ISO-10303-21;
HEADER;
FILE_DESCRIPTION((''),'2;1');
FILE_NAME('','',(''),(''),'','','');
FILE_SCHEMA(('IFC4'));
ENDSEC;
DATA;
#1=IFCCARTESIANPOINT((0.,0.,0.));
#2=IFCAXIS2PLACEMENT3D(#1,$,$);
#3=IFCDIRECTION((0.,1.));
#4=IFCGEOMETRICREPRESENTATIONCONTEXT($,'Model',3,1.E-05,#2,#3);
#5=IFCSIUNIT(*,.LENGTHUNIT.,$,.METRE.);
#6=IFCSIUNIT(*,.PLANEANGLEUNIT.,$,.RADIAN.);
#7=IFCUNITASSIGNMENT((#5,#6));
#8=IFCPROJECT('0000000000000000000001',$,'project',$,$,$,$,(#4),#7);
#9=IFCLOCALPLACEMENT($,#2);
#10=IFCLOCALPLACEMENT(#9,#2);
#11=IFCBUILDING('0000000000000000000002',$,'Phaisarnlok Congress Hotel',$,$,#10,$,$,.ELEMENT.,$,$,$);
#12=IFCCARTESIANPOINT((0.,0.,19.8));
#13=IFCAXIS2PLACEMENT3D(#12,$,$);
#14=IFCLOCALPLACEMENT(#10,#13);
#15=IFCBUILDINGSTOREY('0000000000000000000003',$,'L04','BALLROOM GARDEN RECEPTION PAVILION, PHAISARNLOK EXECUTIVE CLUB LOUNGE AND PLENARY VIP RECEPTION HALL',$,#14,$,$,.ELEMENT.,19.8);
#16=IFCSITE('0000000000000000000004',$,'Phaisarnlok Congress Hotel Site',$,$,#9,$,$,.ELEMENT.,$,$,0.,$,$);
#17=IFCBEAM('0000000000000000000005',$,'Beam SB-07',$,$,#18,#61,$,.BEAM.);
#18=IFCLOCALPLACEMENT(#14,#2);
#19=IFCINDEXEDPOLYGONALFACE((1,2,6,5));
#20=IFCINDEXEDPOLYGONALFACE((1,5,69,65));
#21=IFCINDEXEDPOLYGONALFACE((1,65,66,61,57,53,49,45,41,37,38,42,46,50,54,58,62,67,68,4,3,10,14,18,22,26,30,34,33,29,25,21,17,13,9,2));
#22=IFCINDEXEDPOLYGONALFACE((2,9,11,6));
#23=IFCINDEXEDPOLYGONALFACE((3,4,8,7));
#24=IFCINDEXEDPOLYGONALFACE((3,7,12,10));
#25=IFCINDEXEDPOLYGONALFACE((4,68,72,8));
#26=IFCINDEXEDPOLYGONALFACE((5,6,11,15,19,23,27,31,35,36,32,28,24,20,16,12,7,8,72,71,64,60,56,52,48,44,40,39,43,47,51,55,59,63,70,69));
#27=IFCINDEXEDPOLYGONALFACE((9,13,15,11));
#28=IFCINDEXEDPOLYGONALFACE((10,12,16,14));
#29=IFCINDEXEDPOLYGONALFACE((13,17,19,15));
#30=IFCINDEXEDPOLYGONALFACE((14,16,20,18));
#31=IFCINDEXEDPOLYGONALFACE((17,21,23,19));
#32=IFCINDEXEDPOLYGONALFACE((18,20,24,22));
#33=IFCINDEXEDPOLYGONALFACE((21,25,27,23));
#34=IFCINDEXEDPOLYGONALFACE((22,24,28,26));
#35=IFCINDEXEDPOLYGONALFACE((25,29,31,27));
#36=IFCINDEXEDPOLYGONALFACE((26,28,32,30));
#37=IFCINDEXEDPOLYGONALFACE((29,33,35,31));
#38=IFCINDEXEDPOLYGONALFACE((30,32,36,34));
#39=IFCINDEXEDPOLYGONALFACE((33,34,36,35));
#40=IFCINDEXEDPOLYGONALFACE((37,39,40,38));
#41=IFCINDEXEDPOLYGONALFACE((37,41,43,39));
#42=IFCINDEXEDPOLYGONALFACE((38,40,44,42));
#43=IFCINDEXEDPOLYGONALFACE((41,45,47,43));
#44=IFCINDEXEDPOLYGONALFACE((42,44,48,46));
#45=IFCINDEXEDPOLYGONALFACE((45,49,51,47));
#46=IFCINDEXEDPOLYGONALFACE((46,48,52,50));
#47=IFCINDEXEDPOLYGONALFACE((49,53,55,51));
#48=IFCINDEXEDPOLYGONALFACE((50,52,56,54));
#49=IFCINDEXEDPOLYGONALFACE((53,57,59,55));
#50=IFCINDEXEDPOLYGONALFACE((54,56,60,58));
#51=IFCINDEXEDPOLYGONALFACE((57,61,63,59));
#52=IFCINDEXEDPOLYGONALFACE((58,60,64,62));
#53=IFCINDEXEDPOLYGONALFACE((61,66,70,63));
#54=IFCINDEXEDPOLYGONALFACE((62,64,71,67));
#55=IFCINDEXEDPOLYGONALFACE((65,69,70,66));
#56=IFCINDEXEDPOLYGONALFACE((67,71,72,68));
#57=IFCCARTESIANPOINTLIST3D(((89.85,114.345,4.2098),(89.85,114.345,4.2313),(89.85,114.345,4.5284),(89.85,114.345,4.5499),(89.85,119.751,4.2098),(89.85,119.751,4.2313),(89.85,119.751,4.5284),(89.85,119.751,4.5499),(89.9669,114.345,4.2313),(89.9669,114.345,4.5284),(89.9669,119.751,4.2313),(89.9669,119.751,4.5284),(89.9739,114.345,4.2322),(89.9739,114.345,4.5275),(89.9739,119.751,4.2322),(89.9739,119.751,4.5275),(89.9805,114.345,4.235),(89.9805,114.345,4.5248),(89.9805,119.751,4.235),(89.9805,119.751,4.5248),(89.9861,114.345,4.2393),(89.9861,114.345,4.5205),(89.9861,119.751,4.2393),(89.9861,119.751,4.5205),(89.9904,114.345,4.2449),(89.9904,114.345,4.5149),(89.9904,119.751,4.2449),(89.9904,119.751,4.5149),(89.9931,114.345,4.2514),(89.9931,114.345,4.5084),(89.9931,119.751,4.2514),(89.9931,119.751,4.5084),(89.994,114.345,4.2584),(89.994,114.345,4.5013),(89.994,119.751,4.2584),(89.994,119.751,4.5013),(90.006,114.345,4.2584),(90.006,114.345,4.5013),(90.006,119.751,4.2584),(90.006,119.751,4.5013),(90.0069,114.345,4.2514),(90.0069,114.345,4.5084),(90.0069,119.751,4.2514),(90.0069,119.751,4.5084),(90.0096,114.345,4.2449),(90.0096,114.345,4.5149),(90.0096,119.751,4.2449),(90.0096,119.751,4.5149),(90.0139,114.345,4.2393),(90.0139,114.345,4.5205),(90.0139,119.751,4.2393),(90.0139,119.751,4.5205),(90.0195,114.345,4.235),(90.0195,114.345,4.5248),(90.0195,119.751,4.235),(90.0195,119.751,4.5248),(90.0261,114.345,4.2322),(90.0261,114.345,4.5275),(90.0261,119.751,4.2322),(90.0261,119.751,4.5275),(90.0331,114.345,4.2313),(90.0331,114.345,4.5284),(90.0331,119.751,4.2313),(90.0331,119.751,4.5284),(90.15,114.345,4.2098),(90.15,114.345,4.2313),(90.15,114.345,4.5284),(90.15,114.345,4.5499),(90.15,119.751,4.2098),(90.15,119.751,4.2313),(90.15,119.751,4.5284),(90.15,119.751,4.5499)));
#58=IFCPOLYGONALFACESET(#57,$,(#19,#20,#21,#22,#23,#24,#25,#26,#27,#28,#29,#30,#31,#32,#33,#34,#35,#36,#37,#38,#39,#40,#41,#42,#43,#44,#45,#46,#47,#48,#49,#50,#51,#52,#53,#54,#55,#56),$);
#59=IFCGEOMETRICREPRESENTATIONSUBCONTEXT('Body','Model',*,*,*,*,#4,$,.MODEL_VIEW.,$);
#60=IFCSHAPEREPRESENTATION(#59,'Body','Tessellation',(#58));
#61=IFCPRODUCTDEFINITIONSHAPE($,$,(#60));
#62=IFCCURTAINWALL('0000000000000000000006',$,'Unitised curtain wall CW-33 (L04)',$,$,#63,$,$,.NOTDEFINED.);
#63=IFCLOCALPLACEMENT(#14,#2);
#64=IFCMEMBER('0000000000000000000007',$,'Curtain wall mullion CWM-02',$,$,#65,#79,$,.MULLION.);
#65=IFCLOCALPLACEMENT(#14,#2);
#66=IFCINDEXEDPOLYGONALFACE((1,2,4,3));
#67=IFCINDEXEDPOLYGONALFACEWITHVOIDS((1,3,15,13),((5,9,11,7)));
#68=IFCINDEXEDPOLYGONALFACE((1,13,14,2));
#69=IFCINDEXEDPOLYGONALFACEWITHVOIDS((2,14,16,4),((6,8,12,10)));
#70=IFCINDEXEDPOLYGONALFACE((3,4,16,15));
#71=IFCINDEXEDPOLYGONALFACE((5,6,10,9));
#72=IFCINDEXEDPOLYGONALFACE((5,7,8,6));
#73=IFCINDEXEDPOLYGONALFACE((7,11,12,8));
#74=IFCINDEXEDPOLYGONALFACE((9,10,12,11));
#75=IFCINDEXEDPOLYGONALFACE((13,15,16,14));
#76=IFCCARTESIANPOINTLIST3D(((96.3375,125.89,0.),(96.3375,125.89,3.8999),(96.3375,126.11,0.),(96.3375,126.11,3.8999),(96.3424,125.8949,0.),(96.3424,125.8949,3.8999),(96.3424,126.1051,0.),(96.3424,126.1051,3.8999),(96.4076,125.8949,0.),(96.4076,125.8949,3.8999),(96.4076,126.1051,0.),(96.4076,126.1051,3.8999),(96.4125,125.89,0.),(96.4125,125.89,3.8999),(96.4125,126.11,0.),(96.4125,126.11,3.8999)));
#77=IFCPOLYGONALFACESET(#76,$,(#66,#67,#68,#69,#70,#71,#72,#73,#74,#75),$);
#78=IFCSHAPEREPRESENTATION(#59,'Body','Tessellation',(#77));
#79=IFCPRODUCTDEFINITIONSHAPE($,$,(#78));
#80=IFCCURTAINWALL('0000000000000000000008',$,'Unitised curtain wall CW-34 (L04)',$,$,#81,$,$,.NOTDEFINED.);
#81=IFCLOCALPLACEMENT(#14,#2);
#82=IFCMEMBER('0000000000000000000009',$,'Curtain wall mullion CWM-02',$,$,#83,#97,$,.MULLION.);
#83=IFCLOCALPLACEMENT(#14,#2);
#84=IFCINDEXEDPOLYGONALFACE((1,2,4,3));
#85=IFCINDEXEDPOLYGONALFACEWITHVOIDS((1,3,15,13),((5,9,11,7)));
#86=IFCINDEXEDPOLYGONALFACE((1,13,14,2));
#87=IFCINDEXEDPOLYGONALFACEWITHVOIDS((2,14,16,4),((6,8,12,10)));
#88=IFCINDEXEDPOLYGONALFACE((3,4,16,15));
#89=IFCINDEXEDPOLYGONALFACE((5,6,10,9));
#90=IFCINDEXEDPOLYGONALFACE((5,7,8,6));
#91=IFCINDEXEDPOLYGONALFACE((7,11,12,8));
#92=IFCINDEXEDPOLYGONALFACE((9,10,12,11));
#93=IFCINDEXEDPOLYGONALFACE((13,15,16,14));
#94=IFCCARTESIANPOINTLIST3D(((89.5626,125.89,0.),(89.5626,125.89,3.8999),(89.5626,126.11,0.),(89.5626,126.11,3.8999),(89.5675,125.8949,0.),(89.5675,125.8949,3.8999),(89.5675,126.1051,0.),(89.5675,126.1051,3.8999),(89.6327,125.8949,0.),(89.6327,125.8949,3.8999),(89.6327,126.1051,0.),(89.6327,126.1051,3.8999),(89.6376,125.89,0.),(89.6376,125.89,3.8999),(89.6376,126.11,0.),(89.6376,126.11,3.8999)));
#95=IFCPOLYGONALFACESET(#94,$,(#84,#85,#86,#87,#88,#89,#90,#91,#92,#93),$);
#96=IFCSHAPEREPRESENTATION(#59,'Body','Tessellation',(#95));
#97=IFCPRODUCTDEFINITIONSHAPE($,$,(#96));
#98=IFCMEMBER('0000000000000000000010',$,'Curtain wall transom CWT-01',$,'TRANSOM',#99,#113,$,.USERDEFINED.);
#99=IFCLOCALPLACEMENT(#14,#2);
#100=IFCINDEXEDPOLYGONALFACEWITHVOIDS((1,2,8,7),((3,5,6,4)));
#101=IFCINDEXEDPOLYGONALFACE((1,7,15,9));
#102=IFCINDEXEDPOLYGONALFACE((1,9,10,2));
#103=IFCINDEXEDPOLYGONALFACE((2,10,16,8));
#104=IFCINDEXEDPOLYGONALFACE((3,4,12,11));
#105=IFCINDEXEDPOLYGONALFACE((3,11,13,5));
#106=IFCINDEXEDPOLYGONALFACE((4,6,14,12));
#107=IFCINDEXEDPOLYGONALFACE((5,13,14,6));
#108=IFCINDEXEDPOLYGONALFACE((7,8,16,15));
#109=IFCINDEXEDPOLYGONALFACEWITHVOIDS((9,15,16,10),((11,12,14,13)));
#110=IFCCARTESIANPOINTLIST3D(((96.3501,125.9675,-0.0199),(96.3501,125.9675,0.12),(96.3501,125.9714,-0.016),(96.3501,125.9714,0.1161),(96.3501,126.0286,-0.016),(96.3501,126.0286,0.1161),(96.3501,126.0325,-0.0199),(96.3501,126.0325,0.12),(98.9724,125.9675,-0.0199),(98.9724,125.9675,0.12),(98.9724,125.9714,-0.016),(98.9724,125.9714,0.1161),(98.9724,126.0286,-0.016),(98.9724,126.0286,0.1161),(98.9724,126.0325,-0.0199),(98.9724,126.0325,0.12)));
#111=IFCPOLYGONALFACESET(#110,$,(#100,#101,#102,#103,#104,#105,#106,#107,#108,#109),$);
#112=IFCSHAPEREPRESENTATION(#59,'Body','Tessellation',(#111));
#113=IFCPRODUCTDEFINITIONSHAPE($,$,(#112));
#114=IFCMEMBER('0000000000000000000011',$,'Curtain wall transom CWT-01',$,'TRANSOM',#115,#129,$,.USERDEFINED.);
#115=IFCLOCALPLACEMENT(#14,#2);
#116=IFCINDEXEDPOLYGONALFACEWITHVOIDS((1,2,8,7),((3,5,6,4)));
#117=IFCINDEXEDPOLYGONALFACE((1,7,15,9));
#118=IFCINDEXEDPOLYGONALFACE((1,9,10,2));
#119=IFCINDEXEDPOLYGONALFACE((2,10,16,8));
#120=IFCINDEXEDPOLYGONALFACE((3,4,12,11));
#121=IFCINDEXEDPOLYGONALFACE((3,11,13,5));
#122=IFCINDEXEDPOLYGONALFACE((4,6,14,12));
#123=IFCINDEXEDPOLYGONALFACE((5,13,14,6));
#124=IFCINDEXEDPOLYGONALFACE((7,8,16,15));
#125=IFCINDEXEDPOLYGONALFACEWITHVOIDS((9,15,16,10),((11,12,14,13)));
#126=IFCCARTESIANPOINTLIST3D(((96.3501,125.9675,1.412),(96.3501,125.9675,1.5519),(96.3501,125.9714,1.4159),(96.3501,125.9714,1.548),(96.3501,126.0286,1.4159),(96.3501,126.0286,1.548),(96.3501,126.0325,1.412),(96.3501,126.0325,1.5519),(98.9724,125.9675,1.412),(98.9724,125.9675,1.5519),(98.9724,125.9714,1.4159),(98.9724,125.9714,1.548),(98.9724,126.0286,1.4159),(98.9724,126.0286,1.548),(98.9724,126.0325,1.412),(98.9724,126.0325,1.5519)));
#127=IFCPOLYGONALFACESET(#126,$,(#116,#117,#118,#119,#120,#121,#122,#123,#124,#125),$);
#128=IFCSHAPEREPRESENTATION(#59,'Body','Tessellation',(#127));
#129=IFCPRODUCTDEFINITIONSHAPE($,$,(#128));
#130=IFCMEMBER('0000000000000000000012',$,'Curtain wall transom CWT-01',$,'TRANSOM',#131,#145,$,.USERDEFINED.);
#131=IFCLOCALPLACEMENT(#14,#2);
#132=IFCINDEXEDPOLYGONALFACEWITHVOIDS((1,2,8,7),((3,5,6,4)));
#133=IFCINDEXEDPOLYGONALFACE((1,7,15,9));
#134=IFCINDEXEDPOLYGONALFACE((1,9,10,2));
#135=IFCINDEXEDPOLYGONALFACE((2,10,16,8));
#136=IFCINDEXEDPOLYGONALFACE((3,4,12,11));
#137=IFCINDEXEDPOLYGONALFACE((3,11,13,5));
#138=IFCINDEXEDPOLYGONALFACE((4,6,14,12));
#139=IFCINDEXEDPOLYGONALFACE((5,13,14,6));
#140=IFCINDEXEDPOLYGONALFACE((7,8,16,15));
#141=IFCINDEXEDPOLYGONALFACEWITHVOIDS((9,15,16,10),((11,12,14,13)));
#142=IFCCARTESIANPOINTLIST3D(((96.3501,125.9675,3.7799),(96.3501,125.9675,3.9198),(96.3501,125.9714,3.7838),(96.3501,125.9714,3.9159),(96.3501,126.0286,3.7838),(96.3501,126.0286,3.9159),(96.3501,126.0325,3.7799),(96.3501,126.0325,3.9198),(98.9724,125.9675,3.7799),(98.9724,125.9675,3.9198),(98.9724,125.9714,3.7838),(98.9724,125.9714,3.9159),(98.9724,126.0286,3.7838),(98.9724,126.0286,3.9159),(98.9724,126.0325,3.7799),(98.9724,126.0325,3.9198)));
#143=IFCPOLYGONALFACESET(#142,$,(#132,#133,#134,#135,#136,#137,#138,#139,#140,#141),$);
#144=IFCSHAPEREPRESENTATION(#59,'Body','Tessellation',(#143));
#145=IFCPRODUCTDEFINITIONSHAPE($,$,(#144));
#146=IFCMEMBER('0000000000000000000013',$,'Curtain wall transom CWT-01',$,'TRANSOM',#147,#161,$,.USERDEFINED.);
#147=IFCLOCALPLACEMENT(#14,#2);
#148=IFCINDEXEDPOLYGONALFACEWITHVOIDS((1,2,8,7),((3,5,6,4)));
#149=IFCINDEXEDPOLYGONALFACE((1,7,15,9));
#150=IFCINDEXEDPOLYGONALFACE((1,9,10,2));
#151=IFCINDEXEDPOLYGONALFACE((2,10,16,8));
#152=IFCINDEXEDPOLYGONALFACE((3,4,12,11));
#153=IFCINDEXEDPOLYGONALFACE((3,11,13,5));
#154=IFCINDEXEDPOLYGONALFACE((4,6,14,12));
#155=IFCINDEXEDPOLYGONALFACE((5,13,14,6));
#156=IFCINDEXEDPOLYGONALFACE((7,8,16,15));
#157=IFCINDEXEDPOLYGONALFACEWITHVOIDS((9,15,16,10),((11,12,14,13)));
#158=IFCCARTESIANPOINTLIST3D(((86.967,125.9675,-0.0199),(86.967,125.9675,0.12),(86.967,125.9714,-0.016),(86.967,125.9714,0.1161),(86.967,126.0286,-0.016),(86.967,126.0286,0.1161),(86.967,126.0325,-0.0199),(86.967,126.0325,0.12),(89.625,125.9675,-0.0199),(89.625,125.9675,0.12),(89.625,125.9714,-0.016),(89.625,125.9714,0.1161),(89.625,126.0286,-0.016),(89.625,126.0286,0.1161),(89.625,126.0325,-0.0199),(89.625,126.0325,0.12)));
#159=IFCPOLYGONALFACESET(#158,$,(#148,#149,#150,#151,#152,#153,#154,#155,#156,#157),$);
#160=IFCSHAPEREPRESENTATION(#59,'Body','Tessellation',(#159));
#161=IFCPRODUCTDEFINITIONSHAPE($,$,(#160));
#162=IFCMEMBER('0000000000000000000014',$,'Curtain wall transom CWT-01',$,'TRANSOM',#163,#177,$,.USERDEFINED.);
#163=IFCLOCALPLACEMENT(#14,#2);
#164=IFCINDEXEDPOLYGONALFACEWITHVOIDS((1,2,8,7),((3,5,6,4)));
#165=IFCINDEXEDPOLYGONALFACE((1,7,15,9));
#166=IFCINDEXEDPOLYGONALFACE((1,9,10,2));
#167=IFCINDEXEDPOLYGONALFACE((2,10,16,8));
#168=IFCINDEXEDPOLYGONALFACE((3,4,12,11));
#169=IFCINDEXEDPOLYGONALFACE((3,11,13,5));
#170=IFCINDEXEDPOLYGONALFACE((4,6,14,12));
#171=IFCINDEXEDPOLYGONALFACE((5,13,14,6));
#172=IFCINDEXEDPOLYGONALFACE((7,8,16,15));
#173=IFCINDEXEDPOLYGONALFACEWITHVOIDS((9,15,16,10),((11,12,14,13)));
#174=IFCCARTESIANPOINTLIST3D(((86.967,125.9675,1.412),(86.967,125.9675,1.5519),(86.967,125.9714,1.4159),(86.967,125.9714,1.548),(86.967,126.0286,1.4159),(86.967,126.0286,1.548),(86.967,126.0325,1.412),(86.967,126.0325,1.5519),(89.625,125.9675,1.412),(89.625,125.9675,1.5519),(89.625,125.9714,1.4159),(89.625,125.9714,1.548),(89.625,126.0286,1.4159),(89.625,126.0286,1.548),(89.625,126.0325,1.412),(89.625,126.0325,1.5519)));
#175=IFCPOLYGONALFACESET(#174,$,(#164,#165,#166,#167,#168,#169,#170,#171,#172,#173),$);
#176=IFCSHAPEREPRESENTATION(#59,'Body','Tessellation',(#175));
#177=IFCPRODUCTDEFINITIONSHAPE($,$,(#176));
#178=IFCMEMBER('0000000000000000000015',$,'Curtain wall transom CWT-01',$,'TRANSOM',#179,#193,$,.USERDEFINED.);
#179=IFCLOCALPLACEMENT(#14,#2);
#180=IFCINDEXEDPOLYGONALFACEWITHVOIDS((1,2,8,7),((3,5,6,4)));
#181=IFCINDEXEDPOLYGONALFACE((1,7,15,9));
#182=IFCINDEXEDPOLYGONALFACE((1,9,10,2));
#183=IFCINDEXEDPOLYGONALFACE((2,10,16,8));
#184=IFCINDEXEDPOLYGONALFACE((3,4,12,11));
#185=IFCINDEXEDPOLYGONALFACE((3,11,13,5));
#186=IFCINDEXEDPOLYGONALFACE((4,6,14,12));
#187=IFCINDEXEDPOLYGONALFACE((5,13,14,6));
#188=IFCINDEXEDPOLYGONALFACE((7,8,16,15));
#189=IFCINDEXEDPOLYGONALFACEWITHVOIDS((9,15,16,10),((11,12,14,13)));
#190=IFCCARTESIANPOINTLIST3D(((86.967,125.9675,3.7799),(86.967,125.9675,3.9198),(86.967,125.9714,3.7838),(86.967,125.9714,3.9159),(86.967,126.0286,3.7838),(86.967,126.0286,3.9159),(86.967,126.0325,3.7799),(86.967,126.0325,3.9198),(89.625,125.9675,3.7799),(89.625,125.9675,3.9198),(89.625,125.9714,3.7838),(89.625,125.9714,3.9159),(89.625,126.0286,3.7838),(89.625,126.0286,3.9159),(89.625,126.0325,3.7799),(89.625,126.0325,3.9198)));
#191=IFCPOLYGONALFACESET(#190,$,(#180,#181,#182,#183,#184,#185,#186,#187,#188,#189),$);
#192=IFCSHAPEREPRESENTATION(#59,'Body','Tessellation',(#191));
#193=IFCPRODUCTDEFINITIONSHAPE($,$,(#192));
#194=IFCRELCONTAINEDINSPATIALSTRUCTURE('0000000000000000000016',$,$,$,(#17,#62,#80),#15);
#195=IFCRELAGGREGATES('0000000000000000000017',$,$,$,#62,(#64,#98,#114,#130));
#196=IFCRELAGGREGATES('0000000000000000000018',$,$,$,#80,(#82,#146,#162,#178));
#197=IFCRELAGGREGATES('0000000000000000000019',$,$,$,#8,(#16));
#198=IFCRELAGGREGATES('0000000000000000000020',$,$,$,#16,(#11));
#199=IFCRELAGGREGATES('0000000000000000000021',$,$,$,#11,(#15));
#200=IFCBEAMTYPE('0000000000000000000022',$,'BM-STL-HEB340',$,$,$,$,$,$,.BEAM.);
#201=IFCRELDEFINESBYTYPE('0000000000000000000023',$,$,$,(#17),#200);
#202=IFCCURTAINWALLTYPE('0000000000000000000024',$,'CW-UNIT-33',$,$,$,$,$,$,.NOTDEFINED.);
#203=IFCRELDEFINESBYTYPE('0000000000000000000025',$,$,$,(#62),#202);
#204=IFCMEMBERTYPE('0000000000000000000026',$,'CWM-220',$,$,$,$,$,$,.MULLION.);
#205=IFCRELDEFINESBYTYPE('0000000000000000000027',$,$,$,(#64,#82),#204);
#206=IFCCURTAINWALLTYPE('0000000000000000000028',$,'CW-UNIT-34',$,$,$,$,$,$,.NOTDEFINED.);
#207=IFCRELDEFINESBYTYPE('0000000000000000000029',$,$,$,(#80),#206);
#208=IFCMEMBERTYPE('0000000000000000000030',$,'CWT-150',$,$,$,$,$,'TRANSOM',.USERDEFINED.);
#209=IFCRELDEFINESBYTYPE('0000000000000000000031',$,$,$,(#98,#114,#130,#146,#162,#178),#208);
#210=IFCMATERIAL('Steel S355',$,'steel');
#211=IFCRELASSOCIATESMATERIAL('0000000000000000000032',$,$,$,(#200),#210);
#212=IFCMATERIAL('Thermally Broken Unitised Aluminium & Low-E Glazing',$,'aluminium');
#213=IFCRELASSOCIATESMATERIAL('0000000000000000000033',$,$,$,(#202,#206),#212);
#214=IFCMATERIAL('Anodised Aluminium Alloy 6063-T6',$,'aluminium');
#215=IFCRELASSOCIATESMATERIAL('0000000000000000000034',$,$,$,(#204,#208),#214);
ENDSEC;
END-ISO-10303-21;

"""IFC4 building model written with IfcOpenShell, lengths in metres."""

from ifc_helpers import new_model, si_unit, direction, frame, origin, origin_2d, place, context, subcontext, project, spatial, hollow_rectangle, i_section, extrude, material, material_profile, profile_set, type_object, element, aggregate, save


model = new_model("IFC4")

# Units and contexts
model_context = context("Model", 3, precision=1e-05, world=origin(), true_north=direction((0.0, 1.0)))
body_context = subcontext(model_context, "Body", "Model", "MODEL_VIEW")
ifc_project = project(units=[si_unit("LENGTHUNIT", "METRE"), si_unit("PLANEANGLEUNIT", "RADIAN")], contexts=[model_context])

# Site, building, storey
site_placement = place(None, origin())
site = spatial("IfcSite", under=ifc_project, at=site_placement, Name="Phaisarnlok Congress Hotel Site", CompositionType="ELEMENT", RefElevation=0.0)
building_placement = place(site_placement, origin())
building = spatial("IfcBuilding", under=site, at=building_placement, Name="Phaisarnlok Congress Hotel", CompositionType="ELEMENT")
storey_placement = place(building_placement, frame((0.0, 0.0, 19.8)))
storey = spatial("IfcBuildingStorey", under=building, at=storey_placement, Name="L04", Description="BALLROOM GARDEN RECEPTION PAVILION, PHAISARNLOK EXECUTIVE CLUB LOUNGE AND PLENARY VIP RECEPTION HALL", CompositionType="ELEMENT", Elevation=19.8)

# Shared definitions
ifc_material_1 = material(Name="Steel S355", Category="steel")

# Beam
ifc_material_profile_1 = material_profile(ifc_material_1, i_section(OverallWidth=0.3, OverallDepth=0.3401, WebThickness=0.012, FlangeThickness=0.0215, FilletRadius=0.0271, at=origin_2d()), Name="HEB 340")
ifc_profile_set_1 = profile_set([ifc_material_profile_1], Name="Steel S355")
beam_type_1 = type_object("IfcBeamType", Name="BM-STL-HEB340", PredefinedType="BEAM", material=ifc_profile_set_1)
beam_1_placement = place(storey_placement, frame((90.0, 114.345, 4.3799), z_axis=(0.0, 1.0, 0.0), x_axis=(-1.0, 0.0, 0.0)))
element("IfcBeam", 1, at=beam_1_placement, inside=storey, type_object=beam_type_1, Name="Beam SB-07", PredefinedType="BEAM", context=body_context, shape_type="SweptSolid", body=[
    extrude(i_section(OverallWidth=0.3, OverallDepth=0.3401, WebThickness=0.012, FlangeThickness=0.0215, FilletRadius=0.0271, at=origin_2d()), origin(), (0.0, 0.0, 1.0), 5.406),
])

# Curtain walls, members
ifc_material_2 = material(Name="Thermally Broken Unitised Aluminium & Low-E Glazing", Category="aluminium")
curtain_wall_type_1 = type_object("IfcCurtainWallType", Name="CW-UNIT-33", PredefinedType="NOTDEFINED", material=ifc_material_2)
curtain_wall_1_placement = place(storey_placement, origin())
curtain_wall_1 = element("IfcCurtainWall", 2, at=curtain_wall_1_placement, inside=storey, type_object=curtain_wall_type_1, Name="Unitised curtain wall CW-33 (L04)", PredefinedType="NOTDEFINED")
ifc_material_3 = material(Name="Anodised Aluminium Alloy 6063-T6", Category="aluminium")
ifc_material_profile_2 = material_profile(ifc_material_3, hollow_rectangle(XDim=0.075, YDim=0.22, WallThickness=0.0049, at=origin_2d()), Name="ALU-M 75x220x5")
ifc_profile_set_2 = profile_set([ifc_material_profile_2], Name="Anodised Aluminium Alloy 6063-T6")
member_type_1 = type_object("IfcMemberType", Name="CWM-220", PredefinedType="MULLION", material=ifc_profile_set_2)
member_1_placement = place(storey_placement, frame((96.375, 126.0, 0.0), z_axis=(0.0, 0.0, 1.0), x_axis=(-1.0, 0.0, 0.0)))
member_1 = element("IfcMember", 3, at=member_1_placement, type_object=member_type_1, Name="Curtain wall mullion CWM-02", PredefinedType="MULLION", context=body_context, shape_type="SweptSolid", body=[
    extrude(hollow_rectangle(XDim=0.075, YDim=0.22, WallThickness=0.0049, at=origin_2d()), origin(), (0.0, 0.0, 1.0), 3.8999),
])
curtain_wall_type_2 = type_object("IfcCurtainWallType", Name="CW-UNIT-34", PredefinedType="NOTDEFINED", material=ifc_material_2)
curtain_wall_2_placement = place(storey_placement, origin())
curtain_wall_2 = element("IfcCurtainWall", 4, at=curtain_wall_2_placement, inside=storey, type_object=curtain_wall_type_2, Name="Unitised curtain wall CW-34 (L04)", PredefinedType="NOTDEFINED")
member_2_placement = place(storey_placement, frame((89.6001, 126.0, 0.0), z_axis=(0.0, 0.0, 1.0), x_axis=(-1.0, 0.0, 0.0)))
member_2 = element("IfcMember", 5, at=member_2_placement, type_object=member_type_1, Name="Curtain wall mullion CWM-02", PredefinedType="MULLION", context=body_context, shape_type="SweptSolid", body=[
    extrude(hollow_rectangle(XDim=0.075, YDim=0.22, WallThickness=0.0049, at=origin_2d()), origin(), (0.0, 0.0, 1.0), 3.8999),
])

# Members
ifc_material_profile_3 = material_profile(ifc_material_3, hollow_rectangle(XDim=0.0649, YDim=0.1399, WallThickness=0.0039, at=origin_2d()), Name="ALU-T 65x140x4")
ifc_profile_set_3 = profile_set([ifc_material_profile_3], Name="Anodised Aluminium Alloy 6063-T6")
member_type_2 = type_object("IfcMemberType", Name="CWT-150", ElementType="TRANSOM", PredefinedType="USERDEFINED", material=ifc_profile_set_3)
member_3_placement = place(storey_placement, frame((98.9724, 126.0, 0.05), z_axis=(-1.0, 0.0, 0.0), x_axis=(0.0, -1.0, 0.0)))
member_3 = element("IfcMember", 6, at=member_3_placement, type_object=member_type_2, Name="Curtain wall transom CWT-01", ObjectType="TRANSOM", PredefinedType="USERDEFINED", context=body_context, shape_type="SweptSolid", body=[
    extrude(hollow_rectangle(XDim=0.0649, YDim=0.1399, WallThickness=0.0039, at=origin_2d()), origin(), (0.0, 0.0, 1.0), 2.6223),
])
member_4_placement = place(storey_placement, frame((98.9724, 126.0, 1.4819), z_axis=(-1.0, 0.0, 0.0), x_axis=(0.0, -1.0, 0.0)))
member_4 = element("IfcMember", 7, at=member_4_placement, type_object=member_type_2, Name="Curtain wall transom CWT-01", ObjectType="TRANSOM", PredefinedType="USERDEFINED", context=body_context, shape_type="SweptSolid", body=[
    extrude(hollow_rectangle(XDim=0.0649, YDim=0.1399, WallThickness=0.0039, at=origin_2d()), origin(), (0.0, 0.0, 1.0), 2.6223),
])
member_5_placement = place(storey_placement, frame((98.9724, 126.0, 3.8499), z_axis=(-1.0, 0.0, 0.0), x_axis=(0.0, -1.0, 0.0)))
member_5 = element("IfcMember", 8, at=member_5_placement, type_object=member_type_2, Name="Curtain wall transom CWT-01", ObjectType="TRANSOM", PredefinedType="USERDEFINED", context=body_context, shape_type="SweptSolid", body=[
    extrude(hollow_rectangle(XDim=0.0649, YDim=0.1399, WallThickness=0.0039, at=origin_2d()), origin(), (0.0, 0.0, 1.0), 2.6223),
])
aggregate(curtain_wall_1, [member_1, member_3, member_4, member_5])
member_6_placement = place(storey_placement, frame((89.625, 126.0, 0.05), z_axis=(-1.0, 0.0, 0.0), x_axis=(0.0, -1.0, 0.0)))
member_6 = element("IfcMember", 9, at=member_6_placement, type_object=member_type_2, Name="Curtain wall transom CWT-01", ObjectType="TRANSOM", PredefinedType="USERDEFINED", context=body_context, shape_type="SweptSolid", body=[
    extrude(hollow_rectangle(XDim=0.0649, YDim=0.1399, WallThickness=0.0039, at=origin_2d()), origin(), (0.0, 0.0, 1.0), 2.658),
])
member_7_placement = place(storey_placement, frame((89.625, 126.0, 1.4819), z_axis=(-1.0, 0.0, 0.0), x_axis=(0.0, -1.0, 0.0)))
member_7 = element("IfcMember", 10, at=member_7_placement, type_object=member_type_2, Name="Curtain wall transom CWT-01", ObjectType="TRANSOM", PredefinedType="USERDEFINED", context=body_context, shape_type="SweptSolid", body=[
    extrude(hollow_rectangle(XDim=0.0649, YDim=0.1399, WallThickness=0.0039, at=origin_2d()), origin(), (0.0, 0.0, 1.0), 2.658),
])
member_8_placement = place(storey_placement, frame((89.625, 126.0, 3.8499), z_axis=(-1.0, 0.0, 0.0), x_axis=(0.0, -1.0, 0.0)))
member_8 = element("IfcMember", 11, at=member_8_placement, type_object=member_type_2, Name="Curtain wall transom CWT-01", ObjectType="TRANSOM", PredefinedType="USERDEFINED", context=body_context, shape_type="SweptSolid", body=[
    extrude(hollow_rectangle(XDim=0.0649, YDim=0.1399, WallThickness=0.0039, at=origin_2d()), origin(), (0.0, 0.0, 1.0), 2.658),
])

aggregate(curtain_wall_2, [member_2, member_6, member_7, member_8])

save(model, "model.ifc")
